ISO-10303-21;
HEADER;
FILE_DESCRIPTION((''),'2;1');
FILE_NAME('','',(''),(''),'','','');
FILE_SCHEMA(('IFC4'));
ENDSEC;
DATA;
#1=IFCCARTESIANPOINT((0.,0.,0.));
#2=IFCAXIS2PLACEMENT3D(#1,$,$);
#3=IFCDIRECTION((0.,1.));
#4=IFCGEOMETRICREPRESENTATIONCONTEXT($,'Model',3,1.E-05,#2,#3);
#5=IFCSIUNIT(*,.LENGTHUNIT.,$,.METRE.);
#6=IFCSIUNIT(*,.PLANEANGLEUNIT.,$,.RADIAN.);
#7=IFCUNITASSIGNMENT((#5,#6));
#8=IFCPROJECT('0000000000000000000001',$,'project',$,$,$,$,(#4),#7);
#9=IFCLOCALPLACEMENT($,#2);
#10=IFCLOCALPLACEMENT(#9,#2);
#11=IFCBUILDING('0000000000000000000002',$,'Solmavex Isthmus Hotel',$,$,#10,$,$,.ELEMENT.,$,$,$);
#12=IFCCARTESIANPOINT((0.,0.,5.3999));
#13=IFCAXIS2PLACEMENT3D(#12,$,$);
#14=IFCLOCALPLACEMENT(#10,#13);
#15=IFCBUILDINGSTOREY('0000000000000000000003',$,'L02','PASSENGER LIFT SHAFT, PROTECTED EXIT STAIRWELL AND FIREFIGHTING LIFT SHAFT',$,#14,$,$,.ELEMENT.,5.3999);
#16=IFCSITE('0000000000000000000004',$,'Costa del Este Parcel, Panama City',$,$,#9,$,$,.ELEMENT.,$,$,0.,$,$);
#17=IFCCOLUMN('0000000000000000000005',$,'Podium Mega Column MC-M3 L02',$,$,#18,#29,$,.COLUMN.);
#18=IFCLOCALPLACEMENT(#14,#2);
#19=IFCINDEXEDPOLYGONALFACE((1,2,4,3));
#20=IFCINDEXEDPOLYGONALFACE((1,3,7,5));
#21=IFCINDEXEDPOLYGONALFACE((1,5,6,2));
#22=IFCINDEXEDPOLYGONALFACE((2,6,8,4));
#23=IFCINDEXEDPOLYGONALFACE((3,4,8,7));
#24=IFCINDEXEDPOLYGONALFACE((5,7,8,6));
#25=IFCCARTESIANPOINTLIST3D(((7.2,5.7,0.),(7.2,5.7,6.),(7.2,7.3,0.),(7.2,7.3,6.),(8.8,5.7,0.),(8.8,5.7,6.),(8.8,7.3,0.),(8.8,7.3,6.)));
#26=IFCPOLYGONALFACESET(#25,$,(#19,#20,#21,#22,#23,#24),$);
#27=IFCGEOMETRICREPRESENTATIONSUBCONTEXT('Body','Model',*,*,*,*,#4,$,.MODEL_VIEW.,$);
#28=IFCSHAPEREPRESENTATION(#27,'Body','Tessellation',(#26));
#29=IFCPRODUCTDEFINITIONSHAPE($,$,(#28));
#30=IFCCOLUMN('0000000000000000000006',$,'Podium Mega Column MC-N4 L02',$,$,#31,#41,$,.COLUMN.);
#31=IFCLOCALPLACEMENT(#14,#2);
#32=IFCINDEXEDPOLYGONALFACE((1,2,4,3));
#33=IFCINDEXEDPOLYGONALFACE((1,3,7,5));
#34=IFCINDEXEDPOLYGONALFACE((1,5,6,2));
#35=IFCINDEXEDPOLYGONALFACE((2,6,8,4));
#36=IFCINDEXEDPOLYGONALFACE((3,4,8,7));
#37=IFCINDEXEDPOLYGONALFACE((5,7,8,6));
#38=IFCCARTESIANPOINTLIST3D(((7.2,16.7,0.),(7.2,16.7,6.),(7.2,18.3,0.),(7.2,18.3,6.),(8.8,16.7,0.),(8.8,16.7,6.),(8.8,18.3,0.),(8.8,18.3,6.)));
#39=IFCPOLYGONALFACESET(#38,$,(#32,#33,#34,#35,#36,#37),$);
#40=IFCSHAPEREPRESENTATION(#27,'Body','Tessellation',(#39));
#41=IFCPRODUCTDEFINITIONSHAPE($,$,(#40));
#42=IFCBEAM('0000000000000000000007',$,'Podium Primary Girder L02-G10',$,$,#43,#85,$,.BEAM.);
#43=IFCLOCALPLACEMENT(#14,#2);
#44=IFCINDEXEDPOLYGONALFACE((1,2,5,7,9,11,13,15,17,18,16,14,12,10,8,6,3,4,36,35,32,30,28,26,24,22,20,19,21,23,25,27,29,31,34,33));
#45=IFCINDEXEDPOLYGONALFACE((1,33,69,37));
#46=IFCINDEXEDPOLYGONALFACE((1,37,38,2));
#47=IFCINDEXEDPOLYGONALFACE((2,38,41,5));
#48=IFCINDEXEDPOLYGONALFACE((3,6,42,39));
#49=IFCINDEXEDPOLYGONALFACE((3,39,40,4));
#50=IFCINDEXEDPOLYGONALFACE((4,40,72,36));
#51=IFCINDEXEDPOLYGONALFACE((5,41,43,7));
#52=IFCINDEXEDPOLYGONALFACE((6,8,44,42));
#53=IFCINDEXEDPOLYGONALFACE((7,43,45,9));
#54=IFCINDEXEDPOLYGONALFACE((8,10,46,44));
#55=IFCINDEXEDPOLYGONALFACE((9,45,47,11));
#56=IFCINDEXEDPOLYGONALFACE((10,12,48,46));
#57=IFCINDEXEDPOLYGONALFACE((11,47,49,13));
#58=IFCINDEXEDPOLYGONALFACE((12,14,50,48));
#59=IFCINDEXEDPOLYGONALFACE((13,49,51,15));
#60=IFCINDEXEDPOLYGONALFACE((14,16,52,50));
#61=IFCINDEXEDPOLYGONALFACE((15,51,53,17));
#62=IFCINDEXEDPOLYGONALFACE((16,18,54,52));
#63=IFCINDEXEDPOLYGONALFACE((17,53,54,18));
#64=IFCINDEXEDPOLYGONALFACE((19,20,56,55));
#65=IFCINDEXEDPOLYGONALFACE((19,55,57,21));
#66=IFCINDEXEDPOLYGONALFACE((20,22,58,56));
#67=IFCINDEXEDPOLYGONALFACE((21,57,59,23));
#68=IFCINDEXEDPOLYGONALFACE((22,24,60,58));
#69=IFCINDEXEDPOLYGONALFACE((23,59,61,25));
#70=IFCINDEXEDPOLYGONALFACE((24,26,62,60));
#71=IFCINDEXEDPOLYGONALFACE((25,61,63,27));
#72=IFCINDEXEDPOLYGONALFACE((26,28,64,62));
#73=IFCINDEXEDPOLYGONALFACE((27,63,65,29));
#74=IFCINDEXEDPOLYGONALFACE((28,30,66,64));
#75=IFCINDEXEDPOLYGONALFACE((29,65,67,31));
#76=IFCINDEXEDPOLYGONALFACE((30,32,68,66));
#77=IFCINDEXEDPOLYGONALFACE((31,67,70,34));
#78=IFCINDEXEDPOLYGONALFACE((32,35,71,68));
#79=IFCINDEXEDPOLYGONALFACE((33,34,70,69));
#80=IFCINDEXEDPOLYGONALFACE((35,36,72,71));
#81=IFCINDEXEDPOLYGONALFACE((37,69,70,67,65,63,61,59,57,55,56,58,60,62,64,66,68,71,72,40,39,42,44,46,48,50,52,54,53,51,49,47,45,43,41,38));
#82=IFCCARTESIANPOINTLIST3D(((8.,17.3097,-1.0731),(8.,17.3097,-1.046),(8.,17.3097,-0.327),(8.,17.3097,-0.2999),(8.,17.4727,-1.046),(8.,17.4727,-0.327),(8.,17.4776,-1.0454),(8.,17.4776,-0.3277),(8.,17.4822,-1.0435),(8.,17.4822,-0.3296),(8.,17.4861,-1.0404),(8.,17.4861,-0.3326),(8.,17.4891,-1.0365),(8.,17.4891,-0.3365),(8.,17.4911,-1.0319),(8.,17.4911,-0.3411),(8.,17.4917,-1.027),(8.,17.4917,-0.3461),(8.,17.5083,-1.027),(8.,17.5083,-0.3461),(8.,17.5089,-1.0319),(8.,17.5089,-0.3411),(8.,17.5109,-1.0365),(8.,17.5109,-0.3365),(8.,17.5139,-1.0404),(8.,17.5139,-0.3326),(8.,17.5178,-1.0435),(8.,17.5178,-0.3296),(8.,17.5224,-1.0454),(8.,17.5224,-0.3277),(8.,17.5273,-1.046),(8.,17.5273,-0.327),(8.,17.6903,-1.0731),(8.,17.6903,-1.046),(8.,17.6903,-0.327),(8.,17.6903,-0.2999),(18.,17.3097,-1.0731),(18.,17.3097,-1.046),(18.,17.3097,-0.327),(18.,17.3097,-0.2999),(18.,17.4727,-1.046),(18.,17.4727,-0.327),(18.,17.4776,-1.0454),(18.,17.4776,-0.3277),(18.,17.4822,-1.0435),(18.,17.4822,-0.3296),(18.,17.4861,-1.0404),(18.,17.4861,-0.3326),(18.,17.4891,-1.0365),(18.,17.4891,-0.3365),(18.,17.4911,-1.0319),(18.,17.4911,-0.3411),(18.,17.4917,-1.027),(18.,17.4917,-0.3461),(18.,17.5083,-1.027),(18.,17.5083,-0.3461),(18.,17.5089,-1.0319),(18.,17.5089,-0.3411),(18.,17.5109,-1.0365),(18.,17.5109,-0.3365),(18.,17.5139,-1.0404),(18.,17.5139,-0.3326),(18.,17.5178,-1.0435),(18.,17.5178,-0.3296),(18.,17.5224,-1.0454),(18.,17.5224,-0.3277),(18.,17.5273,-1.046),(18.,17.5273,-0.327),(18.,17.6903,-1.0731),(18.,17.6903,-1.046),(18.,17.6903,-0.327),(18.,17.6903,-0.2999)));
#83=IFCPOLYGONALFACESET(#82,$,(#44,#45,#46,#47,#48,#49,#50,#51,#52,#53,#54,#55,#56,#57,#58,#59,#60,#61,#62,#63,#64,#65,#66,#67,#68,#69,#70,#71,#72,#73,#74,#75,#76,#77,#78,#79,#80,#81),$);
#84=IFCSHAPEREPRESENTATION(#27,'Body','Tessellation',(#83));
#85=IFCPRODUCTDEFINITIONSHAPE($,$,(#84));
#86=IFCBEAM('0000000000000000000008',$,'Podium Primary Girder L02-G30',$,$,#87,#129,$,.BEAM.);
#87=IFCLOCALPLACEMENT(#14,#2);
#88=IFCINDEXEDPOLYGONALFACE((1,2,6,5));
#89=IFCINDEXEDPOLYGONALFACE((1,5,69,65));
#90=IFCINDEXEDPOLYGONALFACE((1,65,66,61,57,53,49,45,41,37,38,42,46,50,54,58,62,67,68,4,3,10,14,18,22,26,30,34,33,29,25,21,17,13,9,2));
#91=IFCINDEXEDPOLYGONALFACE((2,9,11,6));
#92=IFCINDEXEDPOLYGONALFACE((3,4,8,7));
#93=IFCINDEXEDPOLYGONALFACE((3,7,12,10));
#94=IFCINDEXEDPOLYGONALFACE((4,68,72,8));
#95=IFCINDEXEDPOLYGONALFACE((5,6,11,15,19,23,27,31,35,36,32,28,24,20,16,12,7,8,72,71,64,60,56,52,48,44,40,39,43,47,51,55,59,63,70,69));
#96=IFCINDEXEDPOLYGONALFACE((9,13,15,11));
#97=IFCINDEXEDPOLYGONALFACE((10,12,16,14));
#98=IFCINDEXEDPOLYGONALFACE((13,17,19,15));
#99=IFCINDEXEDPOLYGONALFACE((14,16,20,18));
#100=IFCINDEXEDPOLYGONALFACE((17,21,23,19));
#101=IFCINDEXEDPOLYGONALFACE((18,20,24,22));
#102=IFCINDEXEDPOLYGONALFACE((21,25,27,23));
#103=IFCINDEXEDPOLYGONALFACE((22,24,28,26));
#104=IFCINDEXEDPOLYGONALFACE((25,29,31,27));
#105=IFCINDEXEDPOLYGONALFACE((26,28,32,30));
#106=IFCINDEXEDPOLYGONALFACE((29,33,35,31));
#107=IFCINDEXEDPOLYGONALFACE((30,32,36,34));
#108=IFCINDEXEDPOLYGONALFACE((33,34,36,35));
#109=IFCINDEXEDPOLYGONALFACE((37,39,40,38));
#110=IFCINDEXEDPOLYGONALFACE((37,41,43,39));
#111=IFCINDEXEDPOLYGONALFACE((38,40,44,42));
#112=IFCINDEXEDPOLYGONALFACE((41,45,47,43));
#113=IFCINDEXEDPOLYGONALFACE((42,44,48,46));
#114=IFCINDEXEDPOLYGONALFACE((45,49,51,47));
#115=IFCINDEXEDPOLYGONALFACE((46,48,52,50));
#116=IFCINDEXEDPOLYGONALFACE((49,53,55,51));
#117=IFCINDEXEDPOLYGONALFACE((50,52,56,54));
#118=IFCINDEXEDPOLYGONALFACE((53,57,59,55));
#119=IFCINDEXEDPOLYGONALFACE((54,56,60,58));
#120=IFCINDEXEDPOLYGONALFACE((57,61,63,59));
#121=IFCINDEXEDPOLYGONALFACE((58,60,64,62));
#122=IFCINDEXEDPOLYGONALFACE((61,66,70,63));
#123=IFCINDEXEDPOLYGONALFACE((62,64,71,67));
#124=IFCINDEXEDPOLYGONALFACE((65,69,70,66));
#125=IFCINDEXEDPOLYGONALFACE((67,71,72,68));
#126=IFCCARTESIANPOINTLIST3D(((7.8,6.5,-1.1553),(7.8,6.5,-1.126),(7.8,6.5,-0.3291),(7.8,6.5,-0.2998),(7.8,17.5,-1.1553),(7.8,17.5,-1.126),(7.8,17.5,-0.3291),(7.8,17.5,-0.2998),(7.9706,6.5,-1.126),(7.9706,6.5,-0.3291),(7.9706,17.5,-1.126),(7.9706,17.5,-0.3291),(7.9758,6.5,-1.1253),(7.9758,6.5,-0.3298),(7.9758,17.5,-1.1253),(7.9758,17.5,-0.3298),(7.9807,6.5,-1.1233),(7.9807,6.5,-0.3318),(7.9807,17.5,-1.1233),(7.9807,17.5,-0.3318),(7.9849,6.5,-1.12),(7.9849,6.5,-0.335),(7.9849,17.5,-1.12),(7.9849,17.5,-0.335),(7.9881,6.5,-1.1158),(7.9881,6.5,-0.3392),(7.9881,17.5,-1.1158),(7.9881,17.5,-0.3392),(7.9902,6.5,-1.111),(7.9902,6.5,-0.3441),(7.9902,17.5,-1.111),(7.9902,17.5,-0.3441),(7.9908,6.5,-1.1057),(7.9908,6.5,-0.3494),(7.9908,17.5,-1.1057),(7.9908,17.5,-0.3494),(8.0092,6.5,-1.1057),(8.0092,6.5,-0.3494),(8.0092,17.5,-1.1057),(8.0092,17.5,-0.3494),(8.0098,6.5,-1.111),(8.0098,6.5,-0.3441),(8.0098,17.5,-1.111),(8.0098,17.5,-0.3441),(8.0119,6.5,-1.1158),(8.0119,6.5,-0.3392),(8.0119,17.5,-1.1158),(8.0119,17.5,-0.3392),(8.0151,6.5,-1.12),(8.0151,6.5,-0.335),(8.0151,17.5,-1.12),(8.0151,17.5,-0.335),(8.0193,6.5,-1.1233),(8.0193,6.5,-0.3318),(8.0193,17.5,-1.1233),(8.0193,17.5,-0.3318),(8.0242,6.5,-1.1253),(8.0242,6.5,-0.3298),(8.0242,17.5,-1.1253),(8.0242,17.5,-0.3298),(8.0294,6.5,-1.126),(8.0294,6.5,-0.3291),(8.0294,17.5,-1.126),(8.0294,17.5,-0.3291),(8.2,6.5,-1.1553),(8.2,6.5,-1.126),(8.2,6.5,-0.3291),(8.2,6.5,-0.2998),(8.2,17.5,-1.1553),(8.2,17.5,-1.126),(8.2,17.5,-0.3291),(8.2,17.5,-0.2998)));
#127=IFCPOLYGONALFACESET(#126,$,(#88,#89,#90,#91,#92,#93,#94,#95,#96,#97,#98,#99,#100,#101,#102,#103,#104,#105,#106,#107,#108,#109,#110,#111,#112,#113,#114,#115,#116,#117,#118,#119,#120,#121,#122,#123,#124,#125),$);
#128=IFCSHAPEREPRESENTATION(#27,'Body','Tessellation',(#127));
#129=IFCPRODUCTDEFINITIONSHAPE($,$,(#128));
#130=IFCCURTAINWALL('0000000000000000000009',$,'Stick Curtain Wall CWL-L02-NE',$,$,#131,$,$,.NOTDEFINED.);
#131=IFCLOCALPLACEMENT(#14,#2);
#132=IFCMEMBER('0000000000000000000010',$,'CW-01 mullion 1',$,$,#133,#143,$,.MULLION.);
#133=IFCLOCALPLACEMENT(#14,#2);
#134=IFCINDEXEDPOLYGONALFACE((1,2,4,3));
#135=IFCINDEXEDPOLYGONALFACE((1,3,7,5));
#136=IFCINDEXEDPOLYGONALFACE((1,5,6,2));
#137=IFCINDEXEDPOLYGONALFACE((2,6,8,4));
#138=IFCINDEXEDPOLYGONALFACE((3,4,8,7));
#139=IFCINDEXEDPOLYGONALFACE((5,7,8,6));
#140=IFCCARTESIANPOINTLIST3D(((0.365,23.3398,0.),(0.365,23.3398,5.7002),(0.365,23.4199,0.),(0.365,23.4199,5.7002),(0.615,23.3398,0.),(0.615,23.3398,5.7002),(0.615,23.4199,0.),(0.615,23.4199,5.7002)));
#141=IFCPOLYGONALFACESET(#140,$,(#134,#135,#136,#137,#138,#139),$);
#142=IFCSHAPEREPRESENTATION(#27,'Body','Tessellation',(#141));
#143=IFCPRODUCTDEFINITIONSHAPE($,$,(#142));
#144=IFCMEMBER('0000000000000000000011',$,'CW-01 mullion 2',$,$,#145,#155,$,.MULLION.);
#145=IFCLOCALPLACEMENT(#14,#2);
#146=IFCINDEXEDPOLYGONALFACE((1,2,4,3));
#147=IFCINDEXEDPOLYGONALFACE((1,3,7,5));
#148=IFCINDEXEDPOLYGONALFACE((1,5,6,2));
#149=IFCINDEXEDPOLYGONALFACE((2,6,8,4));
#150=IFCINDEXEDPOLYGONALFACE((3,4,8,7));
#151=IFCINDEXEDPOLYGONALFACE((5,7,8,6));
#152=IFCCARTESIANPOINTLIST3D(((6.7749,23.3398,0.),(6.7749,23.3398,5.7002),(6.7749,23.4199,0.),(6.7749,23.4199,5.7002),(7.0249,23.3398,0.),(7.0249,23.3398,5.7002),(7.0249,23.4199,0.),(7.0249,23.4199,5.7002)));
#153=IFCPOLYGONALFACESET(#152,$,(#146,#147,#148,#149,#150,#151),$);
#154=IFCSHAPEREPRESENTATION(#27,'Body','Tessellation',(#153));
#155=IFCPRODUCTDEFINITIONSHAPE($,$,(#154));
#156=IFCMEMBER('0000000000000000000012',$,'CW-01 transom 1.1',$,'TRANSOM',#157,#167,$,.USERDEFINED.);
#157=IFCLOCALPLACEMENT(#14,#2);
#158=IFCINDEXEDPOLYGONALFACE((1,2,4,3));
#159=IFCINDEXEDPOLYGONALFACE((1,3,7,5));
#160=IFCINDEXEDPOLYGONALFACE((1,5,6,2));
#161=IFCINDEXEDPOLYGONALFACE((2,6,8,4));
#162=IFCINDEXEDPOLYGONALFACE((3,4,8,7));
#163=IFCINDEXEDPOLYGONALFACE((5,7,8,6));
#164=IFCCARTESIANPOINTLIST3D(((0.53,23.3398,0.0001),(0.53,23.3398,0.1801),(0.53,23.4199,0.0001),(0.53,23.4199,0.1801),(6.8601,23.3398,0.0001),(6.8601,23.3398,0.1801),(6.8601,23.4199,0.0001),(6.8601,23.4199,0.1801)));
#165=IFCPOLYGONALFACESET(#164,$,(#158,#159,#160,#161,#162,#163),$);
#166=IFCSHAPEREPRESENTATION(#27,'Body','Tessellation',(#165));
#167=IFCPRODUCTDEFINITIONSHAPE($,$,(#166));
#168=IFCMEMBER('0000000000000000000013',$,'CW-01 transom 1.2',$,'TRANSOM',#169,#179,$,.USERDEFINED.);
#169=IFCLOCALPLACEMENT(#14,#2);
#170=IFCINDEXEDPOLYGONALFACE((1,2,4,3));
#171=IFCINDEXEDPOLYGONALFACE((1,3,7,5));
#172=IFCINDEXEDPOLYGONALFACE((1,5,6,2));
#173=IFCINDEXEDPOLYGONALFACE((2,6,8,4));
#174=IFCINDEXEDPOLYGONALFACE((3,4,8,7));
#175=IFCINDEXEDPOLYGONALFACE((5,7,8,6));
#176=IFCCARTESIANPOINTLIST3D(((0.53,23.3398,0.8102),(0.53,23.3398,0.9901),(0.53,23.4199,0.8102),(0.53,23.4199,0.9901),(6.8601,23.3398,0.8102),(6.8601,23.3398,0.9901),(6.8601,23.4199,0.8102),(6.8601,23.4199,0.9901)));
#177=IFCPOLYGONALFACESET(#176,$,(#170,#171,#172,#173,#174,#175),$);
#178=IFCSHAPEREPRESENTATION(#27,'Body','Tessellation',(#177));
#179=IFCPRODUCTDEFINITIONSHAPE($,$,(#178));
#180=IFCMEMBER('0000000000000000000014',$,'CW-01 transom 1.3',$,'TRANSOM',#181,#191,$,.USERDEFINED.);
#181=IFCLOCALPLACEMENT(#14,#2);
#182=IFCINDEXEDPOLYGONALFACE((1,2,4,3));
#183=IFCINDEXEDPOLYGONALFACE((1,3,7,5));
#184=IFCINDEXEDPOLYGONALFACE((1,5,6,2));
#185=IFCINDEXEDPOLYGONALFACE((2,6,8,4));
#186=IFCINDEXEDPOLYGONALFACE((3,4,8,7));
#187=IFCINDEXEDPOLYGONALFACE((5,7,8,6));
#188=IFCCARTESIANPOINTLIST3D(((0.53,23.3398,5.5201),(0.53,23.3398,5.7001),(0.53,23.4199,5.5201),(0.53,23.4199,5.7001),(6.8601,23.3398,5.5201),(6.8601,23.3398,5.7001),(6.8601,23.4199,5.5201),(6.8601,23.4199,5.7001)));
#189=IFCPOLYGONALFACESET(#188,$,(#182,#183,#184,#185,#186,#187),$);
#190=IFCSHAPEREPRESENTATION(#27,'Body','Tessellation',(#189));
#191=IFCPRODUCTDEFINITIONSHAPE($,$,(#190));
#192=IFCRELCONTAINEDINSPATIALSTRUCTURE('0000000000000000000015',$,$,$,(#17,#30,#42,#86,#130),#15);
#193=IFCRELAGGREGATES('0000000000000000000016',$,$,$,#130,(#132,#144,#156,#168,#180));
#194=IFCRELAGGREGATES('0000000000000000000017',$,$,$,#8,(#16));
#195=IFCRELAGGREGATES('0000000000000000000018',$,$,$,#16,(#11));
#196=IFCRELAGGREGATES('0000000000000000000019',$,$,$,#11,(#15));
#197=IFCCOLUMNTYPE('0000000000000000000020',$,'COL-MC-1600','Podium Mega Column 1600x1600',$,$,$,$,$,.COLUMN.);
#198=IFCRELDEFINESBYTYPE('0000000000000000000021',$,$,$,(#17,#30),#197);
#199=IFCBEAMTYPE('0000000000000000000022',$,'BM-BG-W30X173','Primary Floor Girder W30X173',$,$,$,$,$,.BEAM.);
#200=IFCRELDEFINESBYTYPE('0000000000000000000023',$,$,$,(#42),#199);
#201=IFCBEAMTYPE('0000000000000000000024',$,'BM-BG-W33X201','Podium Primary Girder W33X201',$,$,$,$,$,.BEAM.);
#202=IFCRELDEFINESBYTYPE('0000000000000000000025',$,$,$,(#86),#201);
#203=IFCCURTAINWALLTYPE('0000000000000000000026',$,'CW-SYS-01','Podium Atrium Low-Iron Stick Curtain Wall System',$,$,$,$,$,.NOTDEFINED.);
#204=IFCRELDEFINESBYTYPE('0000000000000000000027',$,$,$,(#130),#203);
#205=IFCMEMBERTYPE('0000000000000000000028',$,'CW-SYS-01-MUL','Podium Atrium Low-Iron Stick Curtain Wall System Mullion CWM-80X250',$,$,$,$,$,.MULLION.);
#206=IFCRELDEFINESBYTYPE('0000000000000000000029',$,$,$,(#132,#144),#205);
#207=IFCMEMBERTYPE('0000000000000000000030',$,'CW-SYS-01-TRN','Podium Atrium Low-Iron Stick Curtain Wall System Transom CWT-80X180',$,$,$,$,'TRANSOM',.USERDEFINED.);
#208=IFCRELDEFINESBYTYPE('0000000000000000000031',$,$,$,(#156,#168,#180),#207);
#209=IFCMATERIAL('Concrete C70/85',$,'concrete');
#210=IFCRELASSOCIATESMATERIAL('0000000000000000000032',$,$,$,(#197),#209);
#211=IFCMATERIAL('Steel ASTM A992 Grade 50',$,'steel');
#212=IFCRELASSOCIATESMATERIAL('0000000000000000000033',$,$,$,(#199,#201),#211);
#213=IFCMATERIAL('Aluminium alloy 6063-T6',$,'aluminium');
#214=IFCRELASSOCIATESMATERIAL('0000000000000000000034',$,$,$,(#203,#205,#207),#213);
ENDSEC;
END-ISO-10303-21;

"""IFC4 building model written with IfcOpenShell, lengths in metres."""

from ifc_helpers import new_model, si_unit, direction, frame, origin, origin_2d, place, context, subcontext, project, spatial, rectangle, i_section, extrude, material, material_profile, profile_set, type_object, element, aggregate, save


model = new_model("IFC4")

# Units and contexts
model_context = context("Model", 3, precision=1e-05, world=origin(), true_north=direction((0.0, 1.0)))
body_context = subcontext(model_context, "Body", "Model", "MODEL_VIEW")
ifc_project = project(units=[si_unit("LENGTHUNIT", "METRE"), si_unit("PLANEANGLEUNIT", "RADIAN")], contexts=[model_context])

# Site, building, storey
site_placement = place(None, origin())
site = spatial("IfcSite", under=ifc_project, at=site_placement, Name="Costa del Este Parcel, Panama City", CompositionType="ELEMENT", RefElevation=0.0)
building_placement = place(site_placement, origin())
building = spatial("IfcBuilding", under=site, at=building_placement, Name="Solmavex Isthmus Hotel", CompositionType="ELEMENT")
storey_placement = place(building_placement, frame((0.0, 0.0, 5.3999)))
storey = spatial("IfcBuildingStorey", under=building, at=storey_placement, Name="L02", Description="PASSENGER LIFT SHAFT, PROTECTED EXIT STAIRWELL AND FIREFIGHTING LIFT SHAFT", CompositionType="ELEMENT", Elevation=5.3999)

# Columns
ifc_material_1 = material(Name="Concrete C70/85", Category="concrete")
ifc_material_profile_1 = material_profile(ifc_material_1, rectangle(XDim=1.6001, YDim=1.6001, at=origin_2d()), Name="RC1600X1600")
ifc_profile_set_1 = profile_set([ifc_material_profile_1], Name="Concrete C70/85")
column_type = type_object("IfcColumnType", Name="COL-MC-1600", Description="Podium Mega Column 1600x1600", PredefinedType="COLUMN", material=ifc_profile_set_1)
for number, where, z_axis, x_axis, name in (
    (1, (8.0, 6.5, 0.0), (0.0, 0.0, 1.0), (1.0, 0.0, 0.0), "Podium Mega Column MC-M3 L02"),
    (2, (8.0, 17.5, 0.0), (0.0, 0.0, 1.0), (1.0, 0.0, 0.0), "Podium Mega Column MC-N4 L02"),
):
    element("IfcColumn", number, at=place(storey_placement, frame(where, z_axis=z_axis, x_axis=x_axis)), inside=storey, type_object=column_type, Name=name, PredefinedType="COLUMN", context=body_context, shape_type="SweptSolid", body=[
        extrude(rectangle(XDim=1.6001, YDim=1.6001, at=origin_2d()), origin(), (0.0, 0.0, 1.0), 6.0),
    ])

# Beams
ifc_material_2 = material(Name="Steel ASTM A992 Grade 50", Category="steel")
ifc_material_profile_2 = material_profile(ifc_material_2, i_section(OverallWidth=0.3806, OverallDepth=0.7732, WebThickness=0.0166, FlangeThickness=0.0271, FilletRadius=0.019, at=origin_2d()), Name="W30X173")
ifc_profile_set_2 = profile_set([ifc_material_profile_2], Name="Steel ASTM A992 Grade 50")
beam_type_1 = type_object("IfcBeamType", Name="BM-BG-W30X173", Description="Primary Floor Girder W30X173", PredefinedType="BEAM", material=ifc_profile_set_2)
beam_1_placement = place(storey_placement, frame((8.0, 17.5, -0.6865), z_axis=(1.0, 0.0, 0.0), x_axis=(0.0, 1.0, 0.0)))
element("IfcBeam", 3, at=beam_1_placement, inside=storey, type_object=beam_type_1, Name="Podium Primary Girder L02-G10", PredefinedType="BEAM", context=body_context, shape_type="SweptSolid", body=[
    extrude(i_section(OverallWidth=0.3806, OverallDepth=0.7732, WebThickness=0.0166, FlangeThickness=0.0271, FilletRadius=0.019, at=origin_2d()), origin(), (0.0, 0.0, 1.0), 10.0),
])
ifc_material_profile_3 = material_profile(ifc_material_2, i_section(OverallWidth=0.3999, OverallDepth=0.8555, WebThickness=0.0183, FlangeThickness=0.0293, FilletRadius=0.0203, at=origin_2d()), Name="W33X201")
ifc_profile_set_3 = profile_set([ifc_material_profile_3], Name="Steel ASTM A992 Grade 50")
beam_type_2 = type_object("IfcBeamType", Name="BM-BG-W33X201", Description="Podium Primary Girder W33X201", PredefinedType="BEAM", material=ifc_profile_set_3)
beam_2_placement = place(storey_placement, frame((8.0, 6.5, -0.7275), z_axis=(0.0, 1.0, 0.0), x_axis=(-1.0, 0.0, 0.0)))
element("IfcBeam", 4, at=beam_2_placement, inside=storey, type_object=beam_type_2, Name="Podium Primary Girder L02-G30", PredefinedType="BEAM", context=body_context, shape_type="SweptSolid", body=[
    extrude(i_section(OverallWidth=0.3999, OverallDepth=0.8555, WebThickness=0.0183, FlangeThickness=0.0293, FilletRadius=0.0203, at=origin_2d()), origin(), (0.0, 0.0, 1.0), 11.0),
])

# Curtain wall, members
ifc_material_3 = material(Name="Aluminium alloy 6063-T6", Category="aluminium")
curtain_wall_type = type_object("IfcCurtainWallType", Name="CW-SYS-01", Description="Podium Atrium Low-Iron Stick Curtain Wall System", PredefinedType="NOTDEFINED", material=ifc_material_3)
curtain_wall_placement = place(storey_placement, origin())
curtain_wall = element("IfcCurtainWall", 5, at=curtain_wall_placement, inside=storey, type_object=curtain_wall_type, Name="Stick Curtain Wall CWL-L02-NE", PredefinedType="NOTDEFINED")
ifc_material_profile_4 = material_profile(ifc_material_3, rectangle(XDim=0.0801, YDim=0.25, at=origin_2d()), Name="CWM-80X250")
ifc_profile_set_4 = profile_set([ifc_material_profile_4], Name="Aluminium alloy 6063-T6")
member_type_1 = type_object("IfcMemberType", Name="CW-SYS-01-MUL", Description="Podium Atrium Low-Iron Stick Curtain Wall System Mullion CWM-80X250", PredefinedType="MULLION", material=ifc_profile_set_4)
member_1_placement = place(storey_placement, frame((0.49, 23.3799, 0.0), z_axis=(0.0, 0.0, 1.0), x_axis=(0.0, 1.0, 0.0)))
member_1 = element("IfcMember", 6, at=member_1_placement, type_object=member_type_1, Name="CW-01 mullion 1", PredefinedType="MULLION", context=body_context, shape_type="SweptSolid", body=[
    extrude(rectangle(XDim=0.0801, YDim=0.25, at=origin_2d()), origin(), (0.0, 0.0, 1.0), 5.7002),
])
member_2_placement = place(storey_placement, frame((6.8999, 23.3799, 0.0), z_axis=(0.0, 0.0, 1.0), x_axis=(0.0, 1.0, 0.0)))
member_2 = element("IfcMember", 7, at=member_2_placement, type_object=member_type_1, Name="CW-01 mullion 2", PredefinedType="MULLION", context=body_context, shape_type="SweptSolid", body=[
    extrude(rectangle(XDim=0.0801, YDim=0.25, at=origin_2d()), origin(), (0.0, 0.0, 1.0), 5.7002),
])
ifc_material_profile_5 = material_profile(ifc_material_3, rectangle(XDim=0.0801, YDim=0.1799, at=origin_2d()), Name="CWT-80X180")
ifc_profile_set_5 = profile_set([ifc_material_profile_5], Name="Aluminium alloy 6063-T6")
member_type_2 = type_object("IfcMemberType", Name="CW-SYS-01-TRN", Description="Podium Atrium Low-Iron Stick Curtain Wall System Transom CWT-80X180", ElementType="TRANSOM", PredefinedType="USERDEFINED", material=ifc_profile_set_5)
member_3_placement = place(storey_placement, frame((0.53, 23.3799, 0.0901), z_axis=(1.0, 0.0, 0.0), x_axis=(0.0, 1.0, 0.0)))
member_3 = element("IfcMember", 8, at=member_3_placement, type_object=member_type_2, Name="CW-01 transom 1.1", ObjectType="TRANSOM", PredefinedType="USERDEFINED", context=body_context, shape_type="SweptSolid", body=[
    extrude(rectangle(XDim=0.0801, YDim=0.1799, at=origin_2d()), origin(), (0.0, 0.0, 1.0), 6.3301),
])
member_4_placement = place(storey_placement, frame((0.53, 23.3799, 0.9001), z_axis=(1.0, 0.0, 0.0), x_axis=(0.0, 1.0, 0.0)))
member_4 = element("IfcMember", 9, at=member_4_placement, type_object=member_type_2, Name="CW-01 transom 1.2", ObjectType="TRANSOM", PredefinedType="USERDEFINED", context=body_context, shape_type="SweptSolid", body=[
    extrude(rectangle(XDim=0.0801, YDim=0.1799, at=origin_2d()), origin(), (0.0, 0.0, 1.0), 6.3301),
])
member_5_placement = place(storey_placement, frame((0.53, 23.3799, 5.6101), z_axis=(1.0, 0.0, 0.0), x_axis=(0.0, 1.0, 0.0)))
member_5 = element("IfcMember", 10, at=member_5_placement, type_object=member_type_2, Name="CW-01 transom 1.3", ObjectType="TRANSOM", PredefinedType="USERDEFINED", context=body_context, shape_type="SweptSolid", body=[
    extrude(rectangle(XDim=0.0801, YDim=0.1799, at=origin_2d()), origin(), (0.0, 0.0, 1.0), 6.3301),
])
aggregate(curtain_wall, [member_1, member_2, member_3, member_4, member_5])

save(model, "model.ifc")
